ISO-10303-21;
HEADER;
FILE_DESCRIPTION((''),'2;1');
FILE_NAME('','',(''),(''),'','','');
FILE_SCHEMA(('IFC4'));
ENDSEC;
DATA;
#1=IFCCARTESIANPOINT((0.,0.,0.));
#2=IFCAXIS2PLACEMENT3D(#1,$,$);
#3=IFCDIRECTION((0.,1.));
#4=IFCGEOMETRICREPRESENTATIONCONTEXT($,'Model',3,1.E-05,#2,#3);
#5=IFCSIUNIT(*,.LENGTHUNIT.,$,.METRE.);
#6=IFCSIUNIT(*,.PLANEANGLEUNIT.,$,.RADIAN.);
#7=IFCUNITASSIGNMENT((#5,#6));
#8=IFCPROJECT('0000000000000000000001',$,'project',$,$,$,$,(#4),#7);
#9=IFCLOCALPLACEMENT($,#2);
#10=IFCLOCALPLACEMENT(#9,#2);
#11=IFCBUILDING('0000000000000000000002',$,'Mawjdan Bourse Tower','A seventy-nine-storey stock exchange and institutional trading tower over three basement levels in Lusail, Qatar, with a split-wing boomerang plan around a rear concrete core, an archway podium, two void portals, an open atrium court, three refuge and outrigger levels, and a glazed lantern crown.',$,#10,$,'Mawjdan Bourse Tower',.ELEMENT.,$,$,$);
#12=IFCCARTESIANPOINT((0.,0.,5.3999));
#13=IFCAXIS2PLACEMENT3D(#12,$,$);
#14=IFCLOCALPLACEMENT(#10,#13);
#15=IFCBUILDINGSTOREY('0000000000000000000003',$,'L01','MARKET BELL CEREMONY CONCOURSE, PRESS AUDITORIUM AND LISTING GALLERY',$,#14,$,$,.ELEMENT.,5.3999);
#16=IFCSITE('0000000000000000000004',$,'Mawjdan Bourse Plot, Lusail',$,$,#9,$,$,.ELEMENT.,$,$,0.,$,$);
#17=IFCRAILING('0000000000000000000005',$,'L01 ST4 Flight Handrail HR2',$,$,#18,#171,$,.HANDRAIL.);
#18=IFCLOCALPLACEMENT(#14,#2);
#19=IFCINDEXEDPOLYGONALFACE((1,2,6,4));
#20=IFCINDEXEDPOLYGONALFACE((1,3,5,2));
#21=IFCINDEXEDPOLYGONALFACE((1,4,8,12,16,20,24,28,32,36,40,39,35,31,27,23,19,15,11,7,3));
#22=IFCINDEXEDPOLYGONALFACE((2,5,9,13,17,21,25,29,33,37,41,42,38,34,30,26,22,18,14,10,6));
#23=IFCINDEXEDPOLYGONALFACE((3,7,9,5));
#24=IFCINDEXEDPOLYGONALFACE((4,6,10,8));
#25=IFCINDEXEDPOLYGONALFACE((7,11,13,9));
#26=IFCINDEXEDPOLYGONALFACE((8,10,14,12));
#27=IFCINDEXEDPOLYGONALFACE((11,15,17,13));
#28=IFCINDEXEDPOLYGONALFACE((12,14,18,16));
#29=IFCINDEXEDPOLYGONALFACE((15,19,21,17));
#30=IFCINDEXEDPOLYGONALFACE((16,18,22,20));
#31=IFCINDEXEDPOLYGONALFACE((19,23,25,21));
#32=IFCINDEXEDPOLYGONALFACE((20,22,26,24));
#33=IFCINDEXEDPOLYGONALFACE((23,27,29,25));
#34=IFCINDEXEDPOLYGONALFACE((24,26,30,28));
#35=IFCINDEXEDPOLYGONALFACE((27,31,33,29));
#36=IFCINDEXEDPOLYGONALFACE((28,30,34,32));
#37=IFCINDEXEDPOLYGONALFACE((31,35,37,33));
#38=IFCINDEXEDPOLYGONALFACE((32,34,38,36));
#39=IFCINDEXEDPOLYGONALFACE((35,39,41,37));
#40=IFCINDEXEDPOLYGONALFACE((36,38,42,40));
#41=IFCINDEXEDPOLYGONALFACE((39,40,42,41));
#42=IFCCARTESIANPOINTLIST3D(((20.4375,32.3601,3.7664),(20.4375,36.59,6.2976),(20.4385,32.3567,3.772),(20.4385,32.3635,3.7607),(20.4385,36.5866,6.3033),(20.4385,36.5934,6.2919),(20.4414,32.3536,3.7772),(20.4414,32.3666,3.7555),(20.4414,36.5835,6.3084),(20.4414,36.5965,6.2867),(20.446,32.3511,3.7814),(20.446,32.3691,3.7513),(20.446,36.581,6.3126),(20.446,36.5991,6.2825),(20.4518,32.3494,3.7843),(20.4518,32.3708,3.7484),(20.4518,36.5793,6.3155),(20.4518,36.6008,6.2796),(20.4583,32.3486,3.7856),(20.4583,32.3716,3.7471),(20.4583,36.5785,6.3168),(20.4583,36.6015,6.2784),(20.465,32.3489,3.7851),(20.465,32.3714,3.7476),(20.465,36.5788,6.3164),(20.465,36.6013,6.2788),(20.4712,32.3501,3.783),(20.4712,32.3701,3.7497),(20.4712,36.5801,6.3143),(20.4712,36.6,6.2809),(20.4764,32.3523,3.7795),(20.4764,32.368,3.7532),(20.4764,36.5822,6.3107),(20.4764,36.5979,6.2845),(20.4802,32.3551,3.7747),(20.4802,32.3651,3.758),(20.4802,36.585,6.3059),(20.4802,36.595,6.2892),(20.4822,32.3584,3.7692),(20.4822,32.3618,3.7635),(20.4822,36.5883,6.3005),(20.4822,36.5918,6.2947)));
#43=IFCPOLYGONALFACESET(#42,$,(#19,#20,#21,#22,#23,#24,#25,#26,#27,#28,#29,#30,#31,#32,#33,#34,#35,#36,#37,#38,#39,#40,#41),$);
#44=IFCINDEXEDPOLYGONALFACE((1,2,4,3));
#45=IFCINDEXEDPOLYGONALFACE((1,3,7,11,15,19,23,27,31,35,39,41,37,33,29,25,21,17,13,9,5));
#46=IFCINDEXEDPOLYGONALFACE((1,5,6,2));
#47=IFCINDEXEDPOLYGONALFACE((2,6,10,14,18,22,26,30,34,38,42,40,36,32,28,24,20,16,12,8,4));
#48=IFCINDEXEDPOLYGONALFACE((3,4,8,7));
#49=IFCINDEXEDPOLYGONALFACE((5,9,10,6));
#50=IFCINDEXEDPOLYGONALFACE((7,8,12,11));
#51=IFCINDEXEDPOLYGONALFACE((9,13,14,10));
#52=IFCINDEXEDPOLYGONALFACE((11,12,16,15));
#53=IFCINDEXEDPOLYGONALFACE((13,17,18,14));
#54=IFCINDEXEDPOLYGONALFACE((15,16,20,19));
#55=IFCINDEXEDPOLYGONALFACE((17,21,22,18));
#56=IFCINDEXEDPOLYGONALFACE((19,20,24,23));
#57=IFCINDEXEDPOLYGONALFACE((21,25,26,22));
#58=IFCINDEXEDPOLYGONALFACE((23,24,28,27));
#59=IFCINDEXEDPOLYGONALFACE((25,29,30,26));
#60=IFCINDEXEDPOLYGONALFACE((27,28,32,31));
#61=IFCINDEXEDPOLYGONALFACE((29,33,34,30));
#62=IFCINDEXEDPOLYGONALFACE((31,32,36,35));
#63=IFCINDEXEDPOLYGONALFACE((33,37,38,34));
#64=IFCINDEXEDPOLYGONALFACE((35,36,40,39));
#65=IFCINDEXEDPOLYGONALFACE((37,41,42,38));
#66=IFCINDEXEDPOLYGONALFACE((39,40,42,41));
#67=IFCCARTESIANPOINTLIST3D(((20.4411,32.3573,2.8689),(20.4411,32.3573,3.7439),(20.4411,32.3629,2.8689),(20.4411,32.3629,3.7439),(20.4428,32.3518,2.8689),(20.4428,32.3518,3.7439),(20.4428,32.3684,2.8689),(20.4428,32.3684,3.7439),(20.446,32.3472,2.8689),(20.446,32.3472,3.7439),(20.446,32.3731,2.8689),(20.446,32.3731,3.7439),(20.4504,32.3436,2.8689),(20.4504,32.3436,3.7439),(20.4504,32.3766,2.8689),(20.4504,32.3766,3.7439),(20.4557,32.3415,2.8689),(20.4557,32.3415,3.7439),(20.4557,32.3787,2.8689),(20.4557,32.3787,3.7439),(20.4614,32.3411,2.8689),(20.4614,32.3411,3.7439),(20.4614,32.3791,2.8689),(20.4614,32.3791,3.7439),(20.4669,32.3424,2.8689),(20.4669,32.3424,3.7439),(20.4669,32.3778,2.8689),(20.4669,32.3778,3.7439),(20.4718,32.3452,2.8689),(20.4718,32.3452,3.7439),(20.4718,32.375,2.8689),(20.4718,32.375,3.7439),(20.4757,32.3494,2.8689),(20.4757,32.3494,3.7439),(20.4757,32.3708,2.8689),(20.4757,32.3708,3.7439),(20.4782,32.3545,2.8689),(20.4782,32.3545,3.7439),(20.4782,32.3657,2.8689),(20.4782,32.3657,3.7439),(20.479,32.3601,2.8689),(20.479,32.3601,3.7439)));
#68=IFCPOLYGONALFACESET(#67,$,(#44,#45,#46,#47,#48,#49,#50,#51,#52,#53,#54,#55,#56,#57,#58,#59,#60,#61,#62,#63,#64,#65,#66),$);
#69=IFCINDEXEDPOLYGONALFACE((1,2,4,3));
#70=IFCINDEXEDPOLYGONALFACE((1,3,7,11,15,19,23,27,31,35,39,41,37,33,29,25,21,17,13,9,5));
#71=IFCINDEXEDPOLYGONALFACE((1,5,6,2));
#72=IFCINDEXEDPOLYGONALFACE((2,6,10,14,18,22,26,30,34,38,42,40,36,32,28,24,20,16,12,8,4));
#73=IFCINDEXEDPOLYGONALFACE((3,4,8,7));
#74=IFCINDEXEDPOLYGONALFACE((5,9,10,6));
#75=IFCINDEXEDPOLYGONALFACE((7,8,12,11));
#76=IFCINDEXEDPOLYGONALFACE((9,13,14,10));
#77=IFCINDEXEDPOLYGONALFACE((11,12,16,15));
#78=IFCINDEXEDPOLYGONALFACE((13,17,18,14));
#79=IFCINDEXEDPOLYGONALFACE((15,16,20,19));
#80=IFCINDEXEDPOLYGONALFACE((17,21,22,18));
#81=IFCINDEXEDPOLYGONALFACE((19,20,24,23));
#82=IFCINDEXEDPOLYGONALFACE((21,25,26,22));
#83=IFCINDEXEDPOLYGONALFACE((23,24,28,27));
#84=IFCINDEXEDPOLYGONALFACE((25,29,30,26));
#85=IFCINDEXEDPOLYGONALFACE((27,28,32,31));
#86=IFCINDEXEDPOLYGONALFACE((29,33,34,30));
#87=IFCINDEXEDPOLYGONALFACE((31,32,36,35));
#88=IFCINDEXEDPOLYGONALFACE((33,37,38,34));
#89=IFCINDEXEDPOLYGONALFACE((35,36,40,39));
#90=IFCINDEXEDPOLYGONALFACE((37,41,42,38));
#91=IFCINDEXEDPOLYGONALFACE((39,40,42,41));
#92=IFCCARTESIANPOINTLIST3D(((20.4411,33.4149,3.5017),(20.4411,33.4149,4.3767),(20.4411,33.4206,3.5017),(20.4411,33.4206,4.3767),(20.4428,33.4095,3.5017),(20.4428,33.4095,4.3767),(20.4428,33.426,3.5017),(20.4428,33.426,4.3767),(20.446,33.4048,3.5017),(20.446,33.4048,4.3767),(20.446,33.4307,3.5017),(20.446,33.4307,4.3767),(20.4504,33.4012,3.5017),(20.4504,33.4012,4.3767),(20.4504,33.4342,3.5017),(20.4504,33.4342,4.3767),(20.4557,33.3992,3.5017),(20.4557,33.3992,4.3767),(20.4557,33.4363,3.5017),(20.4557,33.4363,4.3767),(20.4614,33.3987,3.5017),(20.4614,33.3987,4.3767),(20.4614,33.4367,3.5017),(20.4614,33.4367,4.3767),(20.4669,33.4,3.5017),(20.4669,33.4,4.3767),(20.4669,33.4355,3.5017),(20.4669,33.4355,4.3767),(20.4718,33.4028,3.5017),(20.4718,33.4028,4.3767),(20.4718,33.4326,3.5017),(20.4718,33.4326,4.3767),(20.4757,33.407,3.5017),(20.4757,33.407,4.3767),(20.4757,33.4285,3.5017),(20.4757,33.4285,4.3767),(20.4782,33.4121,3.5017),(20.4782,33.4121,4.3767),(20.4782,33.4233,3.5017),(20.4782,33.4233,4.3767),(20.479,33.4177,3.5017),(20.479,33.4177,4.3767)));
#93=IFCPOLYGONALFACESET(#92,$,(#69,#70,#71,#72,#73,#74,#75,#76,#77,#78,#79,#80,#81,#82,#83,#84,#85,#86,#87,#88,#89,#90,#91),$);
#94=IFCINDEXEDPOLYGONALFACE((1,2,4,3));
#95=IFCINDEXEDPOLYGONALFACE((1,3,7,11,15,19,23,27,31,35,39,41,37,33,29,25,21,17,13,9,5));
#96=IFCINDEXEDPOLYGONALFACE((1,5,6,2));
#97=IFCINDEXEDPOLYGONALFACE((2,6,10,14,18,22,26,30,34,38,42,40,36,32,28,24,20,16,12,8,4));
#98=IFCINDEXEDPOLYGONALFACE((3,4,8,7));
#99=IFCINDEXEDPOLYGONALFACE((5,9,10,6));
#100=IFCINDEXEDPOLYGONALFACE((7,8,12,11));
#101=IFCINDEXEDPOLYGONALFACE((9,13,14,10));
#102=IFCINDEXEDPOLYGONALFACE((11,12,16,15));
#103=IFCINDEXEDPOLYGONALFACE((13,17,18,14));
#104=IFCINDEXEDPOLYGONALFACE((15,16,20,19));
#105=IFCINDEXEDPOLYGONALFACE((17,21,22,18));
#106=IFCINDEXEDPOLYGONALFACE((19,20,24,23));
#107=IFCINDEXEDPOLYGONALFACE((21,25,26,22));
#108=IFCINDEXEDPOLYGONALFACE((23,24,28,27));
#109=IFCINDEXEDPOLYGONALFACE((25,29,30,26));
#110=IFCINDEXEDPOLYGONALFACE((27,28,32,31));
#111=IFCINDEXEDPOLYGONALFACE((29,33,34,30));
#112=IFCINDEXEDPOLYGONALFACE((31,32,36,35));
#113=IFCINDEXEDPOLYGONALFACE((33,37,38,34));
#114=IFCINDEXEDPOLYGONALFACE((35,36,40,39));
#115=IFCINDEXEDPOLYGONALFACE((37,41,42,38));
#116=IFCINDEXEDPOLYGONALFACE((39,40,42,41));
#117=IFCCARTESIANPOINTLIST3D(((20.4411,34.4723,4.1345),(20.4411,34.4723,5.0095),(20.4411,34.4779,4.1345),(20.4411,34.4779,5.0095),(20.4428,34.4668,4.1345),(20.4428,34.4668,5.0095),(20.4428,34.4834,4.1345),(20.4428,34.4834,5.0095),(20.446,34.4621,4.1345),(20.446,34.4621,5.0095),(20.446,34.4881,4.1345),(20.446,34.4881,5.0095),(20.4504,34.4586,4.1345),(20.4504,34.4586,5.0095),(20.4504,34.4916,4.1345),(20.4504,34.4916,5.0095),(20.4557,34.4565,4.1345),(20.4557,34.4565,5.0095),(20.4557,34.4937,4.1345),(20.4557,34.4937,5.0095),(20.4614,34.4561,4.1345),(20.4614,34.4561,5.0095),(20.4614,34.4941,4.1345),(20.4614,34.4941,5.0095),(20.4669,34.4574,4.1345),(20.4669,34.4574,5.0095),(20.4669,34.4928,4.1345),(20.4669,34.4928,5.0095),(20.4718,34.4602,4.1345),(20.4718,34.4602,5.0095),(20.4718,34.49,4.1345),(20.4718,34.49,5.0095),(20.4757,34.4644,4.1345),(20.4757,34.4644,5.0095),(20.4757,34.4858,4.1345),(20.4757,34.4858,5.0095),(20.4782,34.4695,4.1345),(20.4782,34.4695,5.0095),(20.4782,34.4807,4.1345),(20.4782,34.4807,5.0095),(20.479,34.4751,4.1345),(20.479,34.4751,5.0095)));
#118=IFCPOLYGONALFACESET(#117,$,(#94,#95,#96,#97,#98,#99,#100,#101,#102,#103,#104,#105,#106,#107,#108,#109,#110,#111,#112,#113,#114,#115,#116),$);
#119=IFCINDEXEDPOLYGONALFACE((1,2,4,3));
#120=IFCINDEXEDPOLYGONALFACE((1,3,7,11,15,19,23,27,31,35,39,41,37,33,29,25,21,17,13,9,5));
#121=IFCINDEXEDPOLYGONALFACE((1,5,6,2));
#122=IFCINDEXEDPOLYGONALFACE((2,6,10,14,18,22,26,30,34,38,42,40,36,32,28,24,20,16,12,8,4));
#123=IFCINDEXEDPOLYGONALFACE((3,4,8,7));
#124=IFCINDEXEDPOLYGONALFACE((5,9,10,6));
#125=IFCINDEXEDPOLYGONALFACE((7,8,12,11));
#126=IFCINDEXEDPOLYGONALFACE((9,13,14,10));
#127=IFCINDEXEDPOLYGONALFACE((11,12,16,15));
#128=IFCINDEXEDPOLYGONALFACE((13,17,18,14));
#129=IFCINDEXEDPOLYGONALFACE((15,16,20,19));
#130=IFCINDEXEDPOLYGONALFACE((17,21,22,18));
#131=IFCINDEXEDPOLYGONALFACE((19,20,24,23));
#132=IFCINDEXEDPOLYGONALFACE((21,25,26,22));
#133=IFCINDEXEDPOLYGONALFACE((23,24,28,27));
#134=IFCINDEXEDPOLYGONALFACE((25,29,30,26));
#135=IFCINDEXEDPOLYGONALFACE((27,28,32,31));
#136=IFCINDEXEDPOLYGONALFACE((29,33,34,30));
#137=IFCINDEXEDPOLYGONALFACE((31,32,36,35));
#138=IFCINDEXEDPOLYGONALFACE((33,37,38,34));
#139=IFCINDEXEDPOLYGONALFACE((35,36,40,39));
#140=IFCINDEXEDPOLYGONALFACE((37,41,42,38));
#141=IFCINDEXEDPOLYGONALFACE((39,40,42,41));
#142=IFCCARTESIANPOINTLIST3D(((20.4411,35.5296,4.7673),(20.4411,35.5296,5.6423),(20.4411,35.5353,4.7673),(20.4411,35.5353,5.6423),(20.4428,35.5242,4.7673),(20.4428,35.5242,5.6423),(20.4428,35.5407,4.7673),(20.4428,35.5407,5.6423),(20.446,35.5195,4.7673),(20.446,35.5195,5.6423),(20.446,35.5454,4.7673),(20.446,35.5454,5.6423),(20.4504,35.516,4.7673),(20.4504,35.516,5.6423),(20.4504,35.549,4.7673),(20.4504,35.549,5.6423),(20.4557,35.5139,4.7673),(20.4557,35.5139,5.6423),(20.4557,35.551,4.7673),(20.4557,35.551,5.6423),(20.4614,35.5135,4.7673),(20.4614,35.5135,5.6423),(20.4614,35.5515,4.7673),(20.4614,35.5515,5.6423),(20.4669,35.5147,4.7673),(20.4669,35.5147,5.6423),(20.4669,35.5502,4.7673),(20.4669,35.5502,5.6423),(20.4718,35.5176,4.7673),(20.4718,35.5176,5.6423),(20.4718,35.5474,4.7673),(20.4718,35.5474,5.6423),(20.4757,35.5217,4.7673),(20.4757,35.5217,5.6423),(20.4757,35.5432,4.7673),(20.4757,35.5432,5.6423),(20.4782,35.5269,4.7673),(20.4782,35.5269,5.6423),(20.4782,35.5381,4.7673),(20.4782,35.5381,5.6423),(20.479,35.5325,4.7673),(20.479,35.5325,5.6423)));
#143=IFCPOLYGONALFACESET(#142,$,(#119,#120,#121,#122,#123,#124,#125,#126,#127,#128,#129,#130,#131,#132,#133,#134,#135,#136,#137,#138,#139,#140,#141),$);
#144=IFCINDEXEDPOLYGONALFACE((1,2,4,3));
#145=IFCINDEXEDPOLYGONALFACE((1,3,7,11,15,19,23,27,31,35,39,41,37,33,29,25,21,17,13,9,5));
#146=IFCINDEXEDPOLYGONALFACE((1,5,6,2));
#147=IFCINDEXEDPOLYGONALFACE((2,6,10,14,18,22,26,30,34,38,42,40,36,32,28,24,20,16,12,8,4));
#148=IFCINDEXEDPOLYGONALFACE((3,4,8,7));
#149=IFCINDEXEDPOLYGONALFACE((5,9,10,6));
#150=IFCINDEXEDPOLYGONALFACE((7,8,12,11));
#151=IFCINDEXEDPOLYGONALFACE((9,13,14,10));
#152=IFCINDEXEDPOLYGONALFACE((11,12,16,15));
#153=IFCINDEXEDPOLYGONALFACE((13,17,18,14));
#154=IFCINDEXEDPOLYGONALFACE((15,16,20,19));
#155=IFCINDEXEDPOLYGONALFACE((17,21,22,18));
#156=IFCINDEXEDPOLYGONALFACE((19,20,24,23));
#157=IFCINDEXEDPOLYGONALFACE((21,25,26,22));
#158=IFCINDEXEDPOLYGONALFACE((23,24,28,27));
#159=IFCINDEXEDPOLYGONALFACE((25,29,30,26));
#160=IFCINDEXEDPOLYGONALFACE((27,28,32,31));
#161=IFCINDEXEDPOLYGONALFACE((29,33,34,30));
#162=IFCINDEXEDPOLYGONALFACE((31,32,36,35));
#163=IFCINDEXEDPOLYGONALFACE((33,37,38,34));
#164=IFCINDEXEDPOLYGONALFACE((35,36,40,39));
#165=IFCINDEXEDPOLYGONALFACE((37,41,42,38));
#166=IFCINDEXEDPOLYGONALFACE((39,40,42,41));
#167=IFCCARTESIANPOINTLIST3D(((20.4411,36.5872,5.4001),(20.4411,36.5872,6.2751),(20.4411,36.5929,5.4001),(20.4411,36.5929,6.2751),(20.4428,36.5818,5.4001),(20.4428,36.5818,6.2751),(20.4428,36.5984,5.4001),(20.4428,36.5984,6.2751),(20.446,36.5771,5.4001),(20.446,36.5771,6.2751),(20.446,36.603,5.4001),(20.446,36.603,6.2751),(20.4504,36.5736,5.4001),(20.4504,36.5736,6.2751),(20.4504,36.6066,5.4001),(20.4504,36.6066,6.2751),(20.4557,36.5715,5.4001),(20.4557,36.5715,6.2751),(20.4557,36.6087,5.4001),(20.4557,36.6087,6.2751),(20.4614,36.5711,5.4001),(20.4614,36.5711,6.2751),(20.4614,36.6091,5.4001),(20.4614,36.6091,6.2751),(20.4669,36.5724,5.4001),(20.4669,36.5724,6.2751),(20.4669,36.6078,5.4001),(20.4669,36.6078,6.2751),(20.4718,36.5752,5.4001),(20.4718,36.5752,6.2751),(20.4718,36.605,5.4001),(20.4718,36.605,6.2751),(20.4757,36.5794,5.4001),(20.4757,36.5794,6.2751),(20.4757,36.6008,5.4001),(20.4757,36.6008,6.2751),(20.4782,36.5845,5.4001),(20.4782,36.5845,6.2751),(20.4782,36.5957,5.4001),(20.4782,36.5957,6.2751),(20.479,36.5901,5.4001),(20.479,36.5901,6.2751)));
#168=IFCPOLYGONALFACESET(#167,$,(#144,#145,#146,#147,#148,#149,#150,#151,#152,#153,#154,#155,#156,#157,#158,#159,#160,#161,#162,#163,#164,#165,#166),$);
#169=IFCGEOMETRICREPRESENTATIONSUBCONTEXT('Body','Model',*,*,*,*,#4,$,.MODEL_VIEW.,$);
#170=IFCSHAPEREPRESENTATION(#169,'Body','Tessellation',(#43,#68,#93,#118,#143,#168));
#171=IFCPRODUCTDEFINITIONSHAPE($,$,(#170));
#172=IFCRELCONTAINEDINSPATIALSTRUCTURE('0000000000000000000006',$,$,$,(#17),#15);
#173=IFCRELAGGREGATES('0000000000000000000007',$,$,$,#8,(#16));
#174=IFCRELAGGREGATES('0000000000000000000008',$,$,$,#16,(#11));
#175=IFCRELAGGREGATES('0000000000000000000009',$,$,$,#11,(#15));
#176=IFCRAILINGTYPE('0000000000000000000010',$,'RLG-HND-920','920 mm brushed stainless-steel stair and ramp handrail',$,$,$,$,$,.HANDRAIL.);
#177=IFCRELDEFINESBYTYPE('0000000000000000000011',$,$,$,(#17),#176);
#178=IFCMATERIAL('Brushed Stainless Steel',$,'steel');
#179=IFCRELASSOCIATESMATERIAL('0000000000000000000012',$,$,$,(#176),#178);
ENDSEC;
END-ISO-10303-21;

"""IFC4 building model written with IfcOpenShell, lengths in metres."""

from ifc_helpers import new_model, si_unit, direction, frame, origin, origin_2d, place, context, subcontext, project, spatial, circle, extrude, material, type_object, element, save


model = new_model("IFC4")

# Units and contexts
model_context = context("Model", 3, precision=1e-05, world=origin(), true_north=direction((0.0, 1.0)))
body_context = subcontext(model_context, "Body", "Model", "MODEL_VIEW")
ifc_project = project(units=[si_unit("LENGTHUNIT", "METRE"), si_unit("PLANEANGLEUNIT", "RADIAN")], contexts=[model_context])

# Site, building, storey
site_placement = place(None, origin())
site = spatial("IfcSite", under=ifc_project, at=site_placement, Name="Mawjdan Bourse Plot, Lusail", CompositionType="ELEMENT", RefElevation=0.0)
building_placement = place(site_placement, origin())
building = spatial("IfcBuilding", under=site, at=building_placement, Name="Mawjdan Bourse Tower", Description="A seventy-nine-storey stock exchange and institutional trading tower over three basement levels in Lusail, Qatar, with a split-wing boomerang plan around a rear concrete core, an archway podium, two void portals, an open atrium court, three refuge and outrigger levels, and a glazed lantern crown.", LongName="Mawjdan Bourse Tower", CompositionType="ELEMENT")
storey_placement = place(building_placement, frame((0.0, 0.0, 5.3999)))
storey = spatial("IfcBuildingStorey", under=building, at=storey_placement, Name="L01", Description="MARKET BELL CEREMONY CONCOURSE, PRESS AUDITORIUM AND LISTING GALLERY", CompositionType="ELEMENT", Elevation=5.3999)

# Railing
ifc_material_1 = material(Name="Brushed Stainless Steel", Category="steel")
railing_type_1 = type_object("IfcRailingType", Name="RLG-HND-920", Description="920 mm brushed stainless-steel stair and ramp handrail", PredefinedType="HANDRAIL", material=ifc_material_1)
railing_1_placement = place(storey_placement, frame((20.46, 32.3601, 2.8689)))
element("IfcRailing", 1, at=railing_1_placement, inside=storey, type_object=railing_type_1, Name="L01 ST4 Flight Handrail HR2", PredefinedType="HANDRAIL", context=body_context, shape_type="SweptSolid", body=[
    extrude(circle(Radius=0.0225, at=origin_2d()), frame((0.0, 0.0, 0.8975), z_axis=(0.0, 0.858095, 0.51349), x_axis=(-1.0, 0.0, 0.0)), (0.0, 0.0, 1.0), 4.9294),
    extrude(circle(Radius=0.019, at=origin_2d()), origin(), (0.0, 0.0, 1.0), 0.875),
    extrude(circle(Radius=0.019, at=origin_2d()), frame((0.0, 1.0576, 0.6328)), (0.0, 0.0, 1.0), 0.875),
    extrude(circle(Radius=0.019, at=origin_2d()), frame((0.0, 2.115, 1.2656)), (0.0, 0.0, 1.0), 0.875),
    extrude(circle(Radius=0.019, at=origin_2d()), frame((0.0, 3.1724, 1.8984)), (0.0, 0.0, 1.0), 0.875),
    extrude(circle(Radius=0.019, at=origin_2d()), frame((0.0, 4.23, 2.5312)), (0.0, 0.0, 1.0), 0.875),
])

save(model, "model.ifc")
